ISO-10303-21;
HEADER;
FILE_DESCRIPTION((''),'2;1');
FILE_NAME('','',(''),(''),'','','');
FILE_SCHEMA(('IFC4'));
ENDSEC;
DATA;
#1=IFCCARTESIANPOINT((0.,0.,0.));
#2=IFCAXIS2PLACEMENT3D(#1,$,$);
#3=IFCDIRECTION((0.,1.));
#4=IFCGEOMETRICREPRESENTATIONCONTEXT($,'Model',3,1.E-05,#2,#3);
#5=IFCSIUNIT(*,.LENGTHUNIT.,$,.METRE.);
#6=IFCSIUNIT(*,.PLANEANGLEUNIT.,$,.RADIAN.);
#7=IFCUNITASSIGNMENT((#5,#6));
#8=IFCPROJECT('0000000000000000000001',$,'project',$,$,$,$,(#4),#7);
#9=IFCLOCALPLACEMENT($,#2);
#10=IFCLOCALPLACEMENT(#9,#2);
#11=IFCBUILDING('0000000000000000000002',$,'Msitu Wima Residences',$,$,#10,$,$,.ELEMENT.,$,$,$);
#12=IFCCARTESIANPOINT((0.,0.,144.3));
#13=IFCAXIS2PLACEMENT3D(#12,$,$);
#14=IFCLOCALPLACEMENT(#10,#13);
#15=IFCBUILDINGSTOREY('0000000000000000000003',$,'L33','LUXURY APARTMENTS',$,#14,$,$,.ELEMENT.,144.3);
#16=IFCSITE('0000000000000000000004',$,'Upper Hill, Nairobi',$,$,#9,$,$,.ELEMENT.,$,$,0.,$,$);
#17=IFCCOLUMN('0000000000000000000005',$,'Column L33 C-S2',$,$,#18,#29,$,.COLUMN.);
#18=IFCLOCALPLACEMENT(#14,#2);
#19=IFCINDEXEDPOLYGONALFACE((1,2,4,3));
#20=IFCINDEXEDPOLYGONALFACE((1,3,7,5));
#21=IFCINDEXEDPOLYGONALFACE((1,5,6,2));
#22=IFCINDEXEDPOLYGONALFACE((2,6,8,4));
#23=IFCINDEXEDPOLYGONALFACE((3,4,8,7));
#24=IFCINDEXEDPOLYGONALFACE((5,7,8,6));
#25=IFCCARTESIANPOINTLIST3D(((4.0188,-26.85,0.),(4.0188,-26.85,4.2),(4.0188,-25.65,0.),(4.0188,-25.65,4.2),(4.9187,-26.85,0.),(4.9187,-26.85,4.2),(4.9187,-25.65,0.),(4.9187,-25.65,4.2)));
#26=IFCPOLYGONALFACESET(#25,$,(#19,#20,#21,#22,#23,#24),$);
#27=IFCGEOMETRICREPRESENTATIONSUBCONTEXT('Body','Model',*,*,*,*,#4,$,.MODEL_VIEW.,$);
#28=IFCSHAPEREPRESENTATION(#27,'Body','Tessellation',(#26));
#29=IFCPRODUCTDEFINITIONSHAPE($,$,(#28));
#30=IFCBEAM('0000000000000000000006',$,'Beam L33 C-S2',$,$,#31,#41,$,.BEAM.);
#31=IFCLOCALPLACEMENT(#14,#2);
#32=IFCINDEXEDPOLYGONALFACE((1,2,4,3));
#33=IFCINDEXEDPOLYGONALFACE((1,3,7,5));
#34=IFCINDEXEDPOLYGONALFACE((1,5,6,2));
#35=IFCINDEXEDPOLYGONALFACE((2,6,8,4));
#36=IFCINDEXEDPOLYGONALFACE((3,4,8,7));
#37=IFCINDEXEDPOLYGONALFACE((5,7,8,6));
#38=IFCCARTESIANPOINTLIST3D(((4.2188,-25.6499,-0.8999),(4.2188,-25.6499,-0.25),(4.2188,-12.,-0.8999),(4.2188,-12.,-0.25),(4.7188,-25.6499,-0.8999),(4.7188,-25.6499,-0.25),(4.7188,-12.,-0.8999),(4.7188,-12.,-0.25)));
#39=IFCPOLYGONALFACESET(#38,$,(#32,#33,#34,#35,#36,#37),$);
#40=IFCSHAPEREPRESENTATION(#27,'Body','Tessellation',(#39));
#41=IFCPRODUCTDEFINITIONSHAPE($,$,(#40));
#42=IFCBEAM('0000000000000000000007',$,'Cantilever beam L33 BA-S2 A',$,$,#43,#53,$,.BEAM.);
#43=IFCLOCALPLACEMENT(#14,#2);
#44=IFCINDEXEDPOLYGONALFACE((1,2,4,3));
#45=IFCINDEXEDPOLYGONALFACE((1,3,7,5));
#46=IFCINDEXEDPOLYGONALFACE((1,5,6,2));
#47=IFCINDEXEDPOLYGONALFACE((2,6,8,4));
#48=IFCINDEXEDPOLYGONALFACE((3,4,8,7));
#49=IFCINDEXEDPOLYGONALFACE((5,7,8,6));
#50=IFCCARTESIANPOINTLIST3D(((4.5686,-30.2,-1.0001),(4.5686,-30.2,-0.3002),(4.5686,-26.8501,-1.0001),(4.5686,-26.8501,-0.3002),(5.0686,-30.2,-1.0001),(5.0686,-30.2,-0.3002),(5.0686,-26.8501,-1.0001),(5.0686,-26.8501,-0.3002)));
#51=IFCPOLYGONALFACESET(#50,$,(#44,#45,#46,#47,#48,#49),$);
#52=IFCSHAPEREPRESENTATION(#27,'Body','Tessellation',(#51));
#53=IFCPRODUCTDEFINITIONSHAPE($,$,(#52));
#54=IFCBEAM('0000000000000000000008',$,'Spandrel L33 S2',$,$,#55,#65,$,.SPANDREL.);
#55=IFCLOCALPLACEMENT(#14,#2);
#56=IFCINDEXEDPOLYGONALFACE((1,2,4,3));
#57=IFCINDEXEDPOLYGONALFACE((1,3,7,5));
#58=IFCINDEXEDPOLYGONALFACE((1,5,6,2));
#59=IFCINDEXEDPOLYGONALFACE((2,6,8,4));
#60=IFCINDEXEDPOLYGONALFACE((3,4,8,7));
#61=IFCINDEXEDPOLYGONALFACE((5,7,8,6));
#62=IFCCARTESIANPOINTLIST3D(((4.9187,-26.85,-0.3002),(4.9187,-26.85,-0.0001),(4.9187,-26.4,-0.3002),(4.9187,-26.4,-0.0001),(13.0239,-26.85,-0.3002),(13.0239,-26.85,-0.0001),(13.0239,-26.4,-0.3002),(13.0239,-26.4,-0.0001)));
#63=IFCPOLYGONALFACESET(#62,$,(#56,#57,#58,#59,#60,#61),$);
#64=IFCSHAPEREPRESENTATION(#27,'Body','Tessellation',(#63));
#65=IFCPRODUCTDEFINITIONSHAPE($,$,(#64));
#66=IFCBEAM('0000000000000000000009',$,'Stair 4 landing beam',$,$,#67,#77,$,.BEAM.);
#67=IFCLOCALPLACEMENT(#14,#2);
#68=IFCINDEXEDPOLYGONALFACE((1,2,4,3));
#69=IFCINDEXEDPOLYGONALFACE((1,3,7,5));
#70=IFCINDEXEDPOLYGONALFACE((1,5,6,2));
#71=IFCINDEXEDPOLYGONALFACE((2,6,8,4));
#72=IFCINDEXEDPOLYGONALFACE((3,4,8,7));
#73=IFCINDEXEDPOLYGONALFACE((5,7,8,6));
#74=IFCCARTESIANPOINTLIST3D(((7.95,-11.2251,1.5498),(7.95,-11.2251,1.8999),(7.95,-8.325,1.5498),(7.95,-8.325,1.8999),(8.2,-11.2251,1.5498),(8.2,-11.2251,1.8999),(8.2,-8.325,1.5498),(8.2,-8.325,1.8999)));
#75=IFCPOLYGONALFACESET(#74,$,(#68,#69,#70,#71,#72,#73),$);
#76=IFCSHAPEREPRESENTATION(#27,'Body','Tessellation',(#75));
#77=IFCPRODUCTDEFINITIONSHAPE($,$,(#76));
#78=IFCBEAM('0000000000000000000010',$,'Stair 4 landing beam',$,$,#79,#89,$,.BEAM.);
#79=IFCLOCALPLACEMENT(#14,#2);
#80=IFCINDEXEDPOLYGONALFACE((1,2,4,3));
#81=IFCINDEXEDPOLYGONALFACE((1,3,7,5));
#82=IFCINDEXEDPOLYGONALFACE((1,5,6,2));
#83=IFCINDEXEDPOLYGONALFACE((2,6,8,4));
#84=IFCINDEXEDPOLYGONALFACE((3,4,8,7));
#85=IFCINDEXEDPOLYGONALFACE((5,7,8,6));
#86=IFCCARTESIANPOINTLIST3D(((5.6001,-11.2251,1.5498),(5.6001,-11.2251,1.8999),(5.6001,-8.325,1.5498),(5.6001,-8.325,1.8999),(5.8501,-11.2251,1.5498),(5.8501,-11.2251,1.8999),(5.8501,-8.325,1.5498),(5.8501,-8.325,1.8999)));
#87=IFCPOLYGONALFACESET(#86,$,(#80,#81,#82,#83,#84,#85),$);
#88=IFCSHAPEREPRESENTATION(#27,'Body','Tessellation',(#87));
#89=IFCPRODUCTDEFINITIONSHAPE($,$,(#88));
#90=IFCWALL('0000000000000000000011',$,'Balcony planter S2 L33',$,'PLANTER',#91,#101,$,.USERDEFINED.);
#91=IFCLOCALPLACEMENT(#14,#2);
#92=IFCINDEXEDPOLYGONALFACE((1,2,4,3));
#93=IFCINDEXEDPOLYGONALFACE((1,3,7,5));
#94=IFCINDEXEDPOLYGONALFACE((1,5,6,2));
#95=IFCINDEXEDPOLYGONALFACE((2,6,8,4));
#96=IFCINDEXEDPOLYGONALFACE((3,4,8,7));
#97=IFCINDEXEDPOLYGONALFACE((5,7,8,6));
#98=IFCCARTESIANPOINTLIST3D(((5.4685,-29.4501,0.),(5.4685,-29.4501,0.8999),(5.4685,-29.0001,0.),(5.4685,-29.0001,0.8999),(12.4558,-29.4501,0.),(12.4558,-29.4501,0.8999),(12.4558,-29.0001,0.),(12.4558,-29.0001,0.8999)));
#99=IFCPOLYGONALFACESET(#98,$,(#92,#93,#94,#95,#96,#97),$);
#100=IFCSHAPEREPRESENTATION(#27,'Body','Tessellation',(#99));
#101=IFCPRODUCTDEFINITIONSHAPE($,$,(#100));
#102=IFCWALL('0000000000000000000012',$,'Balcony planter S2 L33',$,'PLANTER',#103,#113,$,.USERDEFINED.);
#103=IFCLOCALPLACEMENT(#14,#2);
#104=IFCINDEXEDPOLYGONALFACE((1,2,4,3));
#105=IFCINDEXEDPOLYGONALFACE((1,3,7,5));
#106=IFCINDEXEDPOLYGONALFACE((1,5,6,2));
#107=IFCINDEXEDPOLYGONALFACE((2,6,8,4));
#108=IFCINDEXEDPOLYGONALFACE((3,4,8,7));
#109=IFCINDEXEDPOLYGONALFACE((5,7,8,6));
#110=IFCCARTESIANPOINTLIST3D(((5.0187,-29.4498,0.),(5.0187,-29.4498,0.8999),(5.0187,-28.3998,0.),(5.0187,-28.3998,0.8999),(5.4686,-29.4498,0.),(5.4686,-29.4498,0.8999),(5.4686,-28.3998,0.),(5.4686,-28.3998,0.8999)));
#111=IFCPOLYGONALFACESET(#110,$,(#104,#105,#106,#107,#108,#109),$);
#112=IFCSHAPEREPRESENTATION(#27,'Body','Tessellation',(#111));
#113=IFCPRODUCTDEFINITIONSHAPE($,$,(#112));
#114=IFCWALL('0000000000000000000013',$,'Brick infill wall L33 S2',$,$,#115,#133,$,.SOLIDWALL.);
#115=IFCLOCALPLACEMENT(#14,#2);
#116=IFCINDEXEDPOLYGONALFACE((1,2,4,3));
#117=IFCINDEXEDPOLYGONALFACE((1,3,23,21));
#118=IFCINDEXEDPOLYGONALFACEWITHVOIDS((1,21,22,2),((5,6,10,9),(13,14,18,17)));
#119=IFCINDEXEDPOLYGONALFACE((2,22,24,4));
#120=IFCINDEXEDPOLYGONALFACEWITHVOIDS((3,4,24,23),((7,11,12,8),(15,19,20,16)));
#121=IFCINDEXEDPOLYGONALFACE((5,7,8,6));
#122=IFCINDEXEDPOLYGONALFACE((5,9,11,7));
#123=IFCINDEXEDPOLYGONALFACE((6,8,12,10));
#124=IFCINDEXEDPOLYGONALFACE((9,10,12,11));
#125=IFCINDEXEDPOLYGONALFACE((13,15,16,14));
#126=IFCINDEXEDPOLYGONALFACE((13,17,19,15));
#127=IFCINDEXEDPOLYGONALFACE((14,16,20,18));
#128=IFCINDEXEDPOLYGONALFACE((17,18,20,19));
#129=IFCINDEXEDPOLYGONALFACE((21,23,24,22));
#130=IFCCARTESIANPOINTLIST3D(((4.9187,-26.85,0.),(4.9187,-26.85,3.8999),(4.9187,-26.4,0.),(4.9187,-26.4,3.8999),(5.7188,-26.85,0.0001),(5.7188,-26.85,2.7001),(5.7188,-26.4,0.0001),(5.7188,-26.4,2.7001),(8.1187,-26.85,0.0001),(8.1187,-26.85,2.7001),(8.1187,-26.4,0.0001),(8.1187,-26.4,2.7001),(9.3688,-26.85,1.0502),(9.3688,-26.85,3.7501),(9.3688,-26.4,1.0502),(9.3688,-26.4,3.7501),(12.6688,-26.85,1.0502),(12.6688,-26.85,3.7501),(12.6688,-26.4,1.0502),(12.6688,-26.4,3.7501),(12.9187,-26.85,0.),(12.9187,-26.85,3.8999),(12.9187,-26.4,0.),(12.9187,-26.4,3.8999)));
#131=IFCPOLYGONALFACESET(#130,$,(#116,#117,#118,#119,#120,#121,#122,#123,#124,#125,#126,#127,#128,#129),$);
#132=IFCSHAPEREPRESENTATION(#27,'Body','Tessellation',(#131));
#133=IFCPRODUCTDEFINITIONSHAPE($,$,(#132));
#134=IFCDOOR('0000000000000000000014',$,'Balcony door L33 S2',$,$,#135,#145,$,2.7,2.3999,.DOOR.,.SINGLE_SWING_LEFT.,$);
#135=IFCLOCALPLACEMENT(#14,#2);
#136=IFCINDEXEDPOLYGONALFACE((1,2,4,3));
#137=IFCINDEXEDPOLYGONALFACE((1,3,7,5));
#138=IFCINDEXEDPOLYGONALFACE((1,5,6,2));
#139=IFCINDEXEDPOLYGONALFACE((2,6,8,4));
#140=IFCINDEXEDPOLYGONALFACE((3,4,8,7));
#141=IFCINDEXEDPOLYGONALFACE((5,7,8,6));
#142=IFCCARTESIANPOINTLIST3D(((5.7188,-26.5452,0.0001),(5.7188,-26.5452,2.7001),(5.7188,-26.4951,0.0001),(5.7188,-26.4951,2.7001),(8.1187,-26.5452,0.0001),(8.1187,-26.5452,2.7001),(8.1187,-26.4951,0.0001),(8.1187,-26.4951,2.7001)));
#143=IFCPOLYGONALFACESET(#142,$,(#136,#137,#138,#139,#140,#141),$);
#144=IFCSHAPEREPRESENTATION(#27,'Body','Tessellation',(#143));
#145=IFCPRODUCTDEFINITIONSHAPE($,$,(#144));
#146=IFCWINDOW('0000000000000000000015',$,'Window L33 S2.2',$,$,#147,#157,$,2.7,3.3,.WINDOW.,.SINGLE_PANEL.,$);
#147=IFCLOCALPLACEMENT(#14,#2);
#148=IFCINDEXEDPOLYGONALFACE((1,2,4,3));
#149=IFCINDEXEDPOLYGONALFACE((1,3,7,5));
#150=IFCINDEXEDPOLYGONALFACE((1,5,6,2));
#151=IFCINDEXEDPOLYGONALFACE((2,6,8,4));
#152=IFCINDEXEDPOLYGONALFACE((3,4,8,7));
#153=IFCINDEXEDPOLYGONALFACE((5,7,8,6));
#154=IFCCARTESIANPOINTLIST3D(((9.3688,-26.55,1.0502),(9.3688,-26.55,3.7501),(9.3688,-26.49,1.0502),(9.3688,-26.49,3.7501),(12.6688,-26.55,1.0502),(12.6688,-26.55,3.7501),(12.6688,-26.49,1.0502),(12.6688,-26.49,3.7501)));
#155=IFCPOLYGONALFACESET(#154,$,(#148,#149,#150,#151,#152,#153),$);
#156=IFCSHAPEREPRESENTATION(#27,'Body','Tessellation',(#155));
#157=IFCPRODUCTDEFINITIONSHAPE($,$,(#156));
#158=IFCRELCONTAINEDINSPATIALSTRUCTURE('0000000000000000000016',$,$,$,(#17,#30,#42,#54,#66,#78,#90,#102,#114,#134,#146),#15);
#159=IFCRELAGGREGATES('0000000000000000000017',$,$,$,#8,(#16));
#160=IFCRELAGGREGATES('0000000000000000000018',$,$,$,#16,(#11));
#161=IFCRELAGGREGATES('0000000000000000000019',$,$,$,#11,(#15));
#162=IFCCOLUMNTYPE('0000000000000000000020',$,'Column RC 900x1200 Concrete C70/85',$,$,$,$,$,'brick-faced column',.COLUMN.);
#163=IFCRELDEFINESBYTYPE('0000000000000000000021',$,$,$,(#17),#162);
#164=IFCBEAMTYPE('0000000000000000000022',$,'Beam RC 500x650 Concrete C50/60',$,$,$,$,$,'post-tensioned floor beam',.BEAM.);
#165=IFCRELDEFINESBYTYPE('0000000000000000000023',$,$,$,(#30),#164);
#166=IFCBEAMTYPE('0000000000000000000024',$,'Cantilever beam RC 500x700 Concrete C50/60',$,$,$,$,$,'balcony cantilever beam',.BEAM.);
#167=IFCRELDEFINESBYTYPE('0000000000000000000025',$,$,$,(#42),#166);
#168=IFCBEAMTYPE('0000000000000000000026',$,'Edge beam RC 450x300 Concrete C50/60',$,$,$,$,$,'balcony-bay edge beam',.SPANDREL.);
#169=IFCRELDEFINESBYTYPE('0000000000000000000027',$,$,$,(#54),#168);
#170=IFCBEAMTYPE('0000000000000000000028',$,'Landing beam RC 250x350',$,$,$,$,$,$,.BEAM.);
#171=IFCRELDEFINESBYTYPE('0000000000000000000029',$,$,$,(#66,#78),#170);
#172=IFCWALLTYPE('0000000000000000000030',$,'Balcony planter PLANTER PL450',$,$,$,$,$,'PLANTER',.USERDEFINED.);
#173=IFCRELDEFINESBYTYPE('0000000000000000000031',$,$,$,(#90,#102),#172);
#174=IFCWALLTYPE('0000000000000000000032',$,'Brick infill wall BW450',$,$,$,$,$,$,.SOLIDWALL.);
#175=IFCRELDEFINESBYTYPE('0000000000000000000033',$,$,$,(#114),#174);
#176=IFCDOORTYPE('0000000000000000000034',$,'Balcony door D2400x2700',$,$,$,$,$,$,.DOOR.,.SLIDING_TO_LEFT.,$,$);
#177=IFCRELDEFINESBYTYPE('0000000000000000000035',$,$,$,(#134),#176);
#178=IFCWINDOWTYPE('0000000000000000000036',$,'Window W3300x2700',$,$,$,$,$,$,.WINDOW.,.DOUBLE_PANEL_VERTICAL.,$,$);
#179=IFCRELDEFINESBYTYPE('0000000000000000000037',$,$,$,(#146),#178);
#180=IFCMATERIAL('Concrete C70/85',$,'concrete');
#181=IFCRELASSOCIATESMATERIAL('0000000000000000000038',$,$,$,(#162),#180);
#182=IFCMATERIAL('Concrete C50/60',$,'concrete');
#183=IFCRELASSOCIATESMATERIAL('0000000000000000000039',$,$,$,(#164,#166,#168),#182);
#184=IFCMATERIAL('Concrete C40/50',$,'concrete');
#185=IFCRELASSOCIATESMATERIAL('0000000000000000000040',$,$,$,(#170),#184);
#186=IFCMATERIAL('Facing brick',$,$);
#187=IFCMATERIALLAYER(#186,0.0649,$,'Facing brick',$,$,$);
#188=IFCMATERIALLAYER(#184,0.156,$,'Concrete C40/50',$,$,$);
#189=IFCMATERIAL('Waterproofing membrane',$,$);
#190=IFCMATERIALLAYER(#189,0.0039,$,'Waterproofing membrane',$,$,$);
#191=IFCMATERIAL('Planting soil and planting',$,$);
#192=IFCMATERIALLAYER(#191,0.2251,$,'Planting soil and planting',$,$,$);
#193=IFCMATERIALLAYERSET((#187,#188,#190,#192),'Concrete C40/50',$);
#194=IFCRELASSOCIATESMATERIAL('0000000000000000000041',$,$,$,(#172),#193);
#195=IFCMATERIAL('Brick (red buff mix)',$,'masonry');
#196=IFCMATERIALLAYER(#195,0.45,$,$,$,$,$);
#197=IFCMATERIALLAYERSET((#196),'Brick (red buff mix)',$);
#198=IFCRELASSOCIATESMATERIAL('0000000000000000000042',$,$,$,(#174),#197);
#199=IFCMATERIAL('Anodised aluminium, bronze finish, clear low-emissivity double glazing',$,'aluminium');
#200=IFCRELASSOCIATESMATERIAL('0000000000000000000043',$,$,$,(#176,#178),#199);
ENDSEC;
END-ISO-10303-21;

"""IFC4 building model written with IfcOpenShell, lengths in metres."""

from ifc_helpers import new_model, si_unit, direction, frame, frame_2d, origin, origin_2d, place, context, subcontext, project, spatial, rectangle, extrude, material, layer, layer_set, material_profile, profile_set, type_object, element, fill, save


model = new_model("IFC4")

# Units and contexts
model_context = context("Model", 3, precision=1e-05, world=origin(), true_north=direction((0.0, 1.0)))
body_context = subcontext(model_context, "Body", "Model", "MODEL_VIEW")
ifc_project = project(units=[si_unit("LENGTHUNIT", "METRE"), si_unit("PLANEANGLEUNIT", "RADIAN")], contexts=[model_context])

# Site, building, storey
site_placement = place(None, origin())
site = spatial("IfcSite", under=ifc_project, at=site_placement, Name="Upper Hill, Nairobi", CompositionType="ELEMENT", RefElevation=0.0)
building_placement = place(site_placement, origin())
building = spatial("IfcBuilding", under=site, at=building_placement, Name="Msitu Wima Residences", CompositionType="ELEMENT")
storey_placement = place(building_placement, frame((0.0, 0.0, 144.3)))
storey = spatial("IfcBuildingStorey", under=building, at=storey_placement, Name="L33", Description="LUXURY APARTMENTS", CompositionType="ELEMENT", Elevation=144.3)

# Column
ifc_material_1 = material(Name="Concrete C70/85", Category="concrete")
ifc_material_profile_1 = material_profile(ifc_material_1, rectangle(XDim=0.8999, YDim=1.2, at=origin_2d()), Name="RC 900x1200")
ifc_profile_set_1 = profile_set([ifc_material_profile_1], Name="Concrete C70/85")
column_type = type_object("IfcColumnType", Name="Column RC 900x1200 Concrete C70/85", ElementType="brick-faced column", PredefinedType="COLUMN", material=ifc_profile_set_1)
column_placement = place(storey_placement, frame((4.4688, -26.25, 0.0), z_axis=(0.0, 0.0, 1.0), x_axis=(1.0, 0.0, 0.0)))
element("IfcColumn", 1, at=column_placement, inside=storey, type_object=column_type, Name="Column L33 C-S2", PredefinedType="COLUMN", context=body_context, shape_type="SweptSolid", body=[
    extrude(rectangle(XDim=0.8999, YDim=1.2, at=origin_2d()), origin(), (0.0, 0.0, 1.0), 4.2),
])

# Beams
ifc_material_2 = material(Name="Concrete C50/60", Category="concrete")
ifc_material_profile_2 = material_profile(ifc_material_2, rectangle(XDim=0.5, YDim=0.6499, at=origin_2d()), Name="RC 500x650")
ifc_profile_set_2 = profile_set([ifc_material_profile_2], Name="Concrete C50/60")
beam_type_1 = type_object("IfcBeamType", Name="Beam RC 500x650 Concrete C50/60", ElementType="post-tensioned floor beam", PredefinedType="BEAM", material=ifc_profile_set_2)
beam_1_placement = place(storey_placement, frame((4.4688, -25.6499, -0.575), z_axis=(0.0, 1.0, 0.0), x_axis=(-1.0, 0.0, 0.0)))
element("IfcBeam", 2, at=beam_1_placement, inside=storey, type_object=beam_type_1, Name="Beam L33 C-S2", PredefinedType="BEAM", context=body_context, shape_type="SweptSolid", body=[
    extrude(rectangle(XDim=0.5, YDim=0.6499, at=origin_2d()), origin(), (0.0, 0.0, 1.0), 13.6499),
])
ifc_material_profile_3 = material_profile(ifc_material_2, rectangle(XDim=0.5, YDim=0.7, at=origin_2d()), Name="RC 500x700")
ifc_profile_set_3 = profile_set([ifc_material_profile_3], Name="Concrete C50/60")
beam_type_2 = type_object("IfcBeamType", Name="Cantilever beam RC 500x700 Concrete C50/60", ElementType="balcony cantilever beam", PredefinedType="BEAM", material=ifc_profile_set_3)
beam_2_placement = place(storey_placement, frame((4.8186, -26.8501, -0.6501), z_axis=(0.0, -1.0, 0.0), x_axis=(1.0, 0.0, 0.0)))
element("IfcBeam", 3, at=beam_2_placement, inside=storey, type_object=beam_type_2, Name="Cantilever beam L33 BA-S2 A", PredefinedType="BEAM", context=body_context, shape_type="SweptSolid", body=[
    extrude(rectangle(XDim=0.5, YDim=0.7, at=origin_2d()), origin(), (0.0, 0.0, 1.0), 3.3499),
])
ifc_material_profile_4 = material_profile(ifc_material_2, rectangle(XDim=0.45, YDim=0.3, at=origin_2d()), Name="RC 450x300")
ifc_profile_set_4 = profile_set([ifc_material_profile_4], Name="Concrete C50/60")
beam_type_3 = type_object("IfcBeamType", Name="Edge beam RC 450x300 Concrete C50/60", ElementType="balcony-bay edge beam", PredefinedType="SPANDREL", material=ifc_profile_set_4)
beam_3_placement = place(storey_placement, frame((4.9187, -26.625, -0.1501), z_axis=(1.0, 0.0, 0.0), x_axis=(0.0, 1.0, 0.0)))
element("IfcBeam", 4, at=beam_3_placement, inside=storey, type_object=beam_type_3, Name="Spandrel L33 S2", PredefinedType="SPANDREL", context=body_context, shape_type="SweptSolid", body=[
    extrude(rectangle(XDim=0.45, YDim=0.3, at=origin_2d()), origin(), (0.0, 0.0, 1.0), 8.1052),
])
ifc_material_3 = material(Name="Concrete C40/50", Category="concrete")
ifc_material_profile_5 = material_profile(ifc_material_3, rectangle(XDim=0.25, YDim=0.3501, at=origin_2d()), Name="RC 250x350")
ifc_profile_set_5 = profile_set([ifc_material_profile_5], Name="Concrete C40/50")
beam_type_4 = type_object("IfcBeamType", Name="Landing beam RC 250x350", PredefinedType="BEAM", material=ifc_profile_set_5)
for number, where, z_axis, x_axis, name in (
    (5, (8.075, -11.2251, 1.7249), (0.0, 1.0, 0.0), (-1.0, 0.0, 0.0), "Stair 4 landing beam"),
    (6, (5.7251, -11.2251, 1.7249), (0.0, 1.0, 0.0), (-1.0, 0.0, 0.0), "Stair 4 landing beam"),
):
    element("IfcBeam", number, at=place(storey_placement, frame(where, z_axis=z_axis, x_axis=x_axis)), inside=storey, type_object=beam_type_4, Name=name, PredefinedType="BEAM", context=body_context, shape_type="SweptSolid", body=[
        extrude(rectangle(XDim=0.25, YDim=0.3501, at=origin_2d()), origin(), (0.0, 0.0, 1.0), 2.9001),
    ])

# Walls
ifc_material_4 = material(Name="Facing brick")
ifc_layer_1 = layer(ifc_material_4, 0.0649, Name="Facing brick")
ifc_layer_2 = layer(ifc_material_3, 0.156, Name="Concrete C40/50")
ifc_material_5 = material(Name="Waterproofing membrane")
ifc_layer_3 = layer(ifc_material_5, 0.0039, Name="Waterproofing membrane")
ifc_material_6 = material(Name="Planting soil and planting")
ifc_layer_4 = layer(ifc_material_6, 0.2251, Name="Planting soil and planting")
ifc_layer_set_1 = layer_set([ifc_layer_1, ifc_layer_2, ifc_layer_3, ifc_layer_4], Name="Concrete C40/50")
wall_type_1 = type_object("IfcWallType", Name="Balcony planter PLANTER PL450", ElementType="PLANTER", PredefinedType="USERDEFINED", material=ifc_layer_set_1)
wall_1_placement = place(storey_placement, frame((5.4685, -29.2251, 0.0), z_axis=(0.0, 0.0, 1.0), x_axis=(1.0, 0.0, 0.0)))
element("IfcWall", 7, at=wall_1_placement, inside=storey, type_object=wall_type_1, Name="Balcony planter S2 L33", ObjectType="PLANTER", PredefinedType="USERDEFINED", context=body_context, shape_type="SweptSolid", body=[
    extrude(rectangle(XDim=6.9873, YDim=0.45, at=frame_2d((3.4937, 0.0))), origin(), (0.0, 0.0, 1.0), 0.8999),
])
wall_2_placement = place(storey_placement, frame((5.2437, -28.3999, 0.0), z_axis=(0.0, 0.0, 1.0), x_axis=(0.0, -1.0, 0.0)))
element("IfcWall", 8, at=wall_2_placement, inside=storey, type_object=wall_type_1, Name="Balcony planter S2 L33", ObjectType="PLANTER", PredefinedType="USERDEFINED", context=body_context, shape_type="SweptSolid", body=[
    extrude(rectangle(XDim=1.05, YDim=0.45, at=frame_2d((0.5249, 0.0))), origin(), (0.0, 0.0, 1.0), 0.8999),
])

# Wall, openings, door, window
ifc_material_7 = material(Name="Brick (red buff mix)", Category="masonry")
ifc_layer_5 = layer(ifc_material_7, 0.45)
ifc_layer_set_2 = layer_set([ifc_layer_5], Name="Brick (red buff mix)")
wall_type_2 = type_object("IfcWallType", Name="Brick infill wall BW450", PredefinedType="SOLIDWALL", material=ifc_layer_set_2)
wall_3_placement = place(storey_placement, frame((4.9187, -26.625, 0.0), z_axis=(0.0, 0.0, 1.0), x_axis=(1.0, 0.0, 0.0)))
wall_3 = element("IfcWall", 9, at=wall_3_placement, inside=storey, type_object=wall_type_2, Name="Brick infill wall L33 S2", PredefinedType="SOLIDWALL", context=body_context, shape_type="SweptSolid", body=[
    extrude(rectangle(XDim=8.0, YDim=0.45, at=frame_2d((4.0, 0.0))), origin(), (0.0, 0.0, 1.0), 3.8999),
])
opening_1_placement = place(wall_3_placement, frame((0.8, 0.0, 0.0)))
opening_1 = element("IfcOpeningElement", 10, at=opening_1_placement, cuts=wall_3, PredefinedType="OPENING", context=body_context, shape_type="SweptSolid", body=[
    extrude(rectangle(XDim=2.3999, YDim=2.7, at=frame_2d((1.2, 1.3501))), frame((0.0, 0.2349, 0.0), z_axis=(0.0, -1.0, 0.0), x_axis=(1.0, 0.0, 0.0)), (0.0, 0.0, 1.0), 0.47),
])
opening_2_placement = place(wall_3_placement, frame((4.4502, 0.0, 1.05)))
opening_2 = element("IfcOpeningElement", 11, at=opening_2_placement, cuts=wall_3, PredefinedType="OPENING", context=body_context, shape_type="SweptSolid", body=[
    extrude(rectangle(XDim=3.3, YDim=2.7, at=frame_2d((1.6499, 1.3501))), frame((0.0, 0.2349, 0.0), z_axis=(0.0, -1.0, 0.0), x_axis=(1.0, 0.0, 0.0)), (0.0, 0.0, 1.0), 0.47),
])
ifc_material_8 = material(Name="Anodised aluminium, bronze finish, clear low-emissivity double glazing", Category="aluminium")
door_type_1 = type_object("IfcDoorType", Name="Balcony door D2400x2700", OperationType="SLIDING_TO_LEFT", PredefinedType="DOOR", material=ifc_material_8)
door_1_placement = place(opening_1_placement, origin())
door_1 = element("IfcDoor", 12, at=door_1_placement, inside=storey, type_object=door_type_1, Name="Balcony door L33 S2", OperationType="SINGLE_SWING_LEFT", OverallHeight=2.7, OverallWidth=2.3999, PredefinedType="DOOR", context=body_context, shape_type="SweptSolid", body=[
    extrude(rectangle(XDim=2.3999, YDim=2.7, at=frame_2d((1.2, 1.3501))), frame((0.0, 0.1299, 0.0), z_axis=(0.0, -1.0, 0.0), x_axis=(1.0, 0.0, 0.0)), (0.0, 0.0, 1.0), 0.05),
])
fill(opening_1, door_1)
window_type = type_object("IfcWindowType", Name="Window W3300x2700", PartitioningType="DOUBLE_PANEL_VERTICAL", PredefinedType="WINDOW", material=ifc_material_8)
window_placement = place(opening_2_placement, origin())
window = element("IfcWindow", 13, at=window_placement, inside=storey, type_object=window_type, Name="Window L33 S2.2", OverallHeight=2.7, OverallWidth=3.3, PartitioningType="SINGLE_PANEL", PredefinedType="WINDOW", context=body_context, shape_type="SweptSolid", body=[
    extrude(rectangle(XDim=3.3, YDim=2.7, at=frame_2d((1.6499, 1.3501))), frame((0.0, 0.135, 0.0), z_axis=(0.0, -1.0, 0.0), x_axis=(1.0, 0.0, 0.0)), (0.0, 0.0, 1.0), 0.0601),
])
fill(opening_2, window)

save(model, "model.ifc")
